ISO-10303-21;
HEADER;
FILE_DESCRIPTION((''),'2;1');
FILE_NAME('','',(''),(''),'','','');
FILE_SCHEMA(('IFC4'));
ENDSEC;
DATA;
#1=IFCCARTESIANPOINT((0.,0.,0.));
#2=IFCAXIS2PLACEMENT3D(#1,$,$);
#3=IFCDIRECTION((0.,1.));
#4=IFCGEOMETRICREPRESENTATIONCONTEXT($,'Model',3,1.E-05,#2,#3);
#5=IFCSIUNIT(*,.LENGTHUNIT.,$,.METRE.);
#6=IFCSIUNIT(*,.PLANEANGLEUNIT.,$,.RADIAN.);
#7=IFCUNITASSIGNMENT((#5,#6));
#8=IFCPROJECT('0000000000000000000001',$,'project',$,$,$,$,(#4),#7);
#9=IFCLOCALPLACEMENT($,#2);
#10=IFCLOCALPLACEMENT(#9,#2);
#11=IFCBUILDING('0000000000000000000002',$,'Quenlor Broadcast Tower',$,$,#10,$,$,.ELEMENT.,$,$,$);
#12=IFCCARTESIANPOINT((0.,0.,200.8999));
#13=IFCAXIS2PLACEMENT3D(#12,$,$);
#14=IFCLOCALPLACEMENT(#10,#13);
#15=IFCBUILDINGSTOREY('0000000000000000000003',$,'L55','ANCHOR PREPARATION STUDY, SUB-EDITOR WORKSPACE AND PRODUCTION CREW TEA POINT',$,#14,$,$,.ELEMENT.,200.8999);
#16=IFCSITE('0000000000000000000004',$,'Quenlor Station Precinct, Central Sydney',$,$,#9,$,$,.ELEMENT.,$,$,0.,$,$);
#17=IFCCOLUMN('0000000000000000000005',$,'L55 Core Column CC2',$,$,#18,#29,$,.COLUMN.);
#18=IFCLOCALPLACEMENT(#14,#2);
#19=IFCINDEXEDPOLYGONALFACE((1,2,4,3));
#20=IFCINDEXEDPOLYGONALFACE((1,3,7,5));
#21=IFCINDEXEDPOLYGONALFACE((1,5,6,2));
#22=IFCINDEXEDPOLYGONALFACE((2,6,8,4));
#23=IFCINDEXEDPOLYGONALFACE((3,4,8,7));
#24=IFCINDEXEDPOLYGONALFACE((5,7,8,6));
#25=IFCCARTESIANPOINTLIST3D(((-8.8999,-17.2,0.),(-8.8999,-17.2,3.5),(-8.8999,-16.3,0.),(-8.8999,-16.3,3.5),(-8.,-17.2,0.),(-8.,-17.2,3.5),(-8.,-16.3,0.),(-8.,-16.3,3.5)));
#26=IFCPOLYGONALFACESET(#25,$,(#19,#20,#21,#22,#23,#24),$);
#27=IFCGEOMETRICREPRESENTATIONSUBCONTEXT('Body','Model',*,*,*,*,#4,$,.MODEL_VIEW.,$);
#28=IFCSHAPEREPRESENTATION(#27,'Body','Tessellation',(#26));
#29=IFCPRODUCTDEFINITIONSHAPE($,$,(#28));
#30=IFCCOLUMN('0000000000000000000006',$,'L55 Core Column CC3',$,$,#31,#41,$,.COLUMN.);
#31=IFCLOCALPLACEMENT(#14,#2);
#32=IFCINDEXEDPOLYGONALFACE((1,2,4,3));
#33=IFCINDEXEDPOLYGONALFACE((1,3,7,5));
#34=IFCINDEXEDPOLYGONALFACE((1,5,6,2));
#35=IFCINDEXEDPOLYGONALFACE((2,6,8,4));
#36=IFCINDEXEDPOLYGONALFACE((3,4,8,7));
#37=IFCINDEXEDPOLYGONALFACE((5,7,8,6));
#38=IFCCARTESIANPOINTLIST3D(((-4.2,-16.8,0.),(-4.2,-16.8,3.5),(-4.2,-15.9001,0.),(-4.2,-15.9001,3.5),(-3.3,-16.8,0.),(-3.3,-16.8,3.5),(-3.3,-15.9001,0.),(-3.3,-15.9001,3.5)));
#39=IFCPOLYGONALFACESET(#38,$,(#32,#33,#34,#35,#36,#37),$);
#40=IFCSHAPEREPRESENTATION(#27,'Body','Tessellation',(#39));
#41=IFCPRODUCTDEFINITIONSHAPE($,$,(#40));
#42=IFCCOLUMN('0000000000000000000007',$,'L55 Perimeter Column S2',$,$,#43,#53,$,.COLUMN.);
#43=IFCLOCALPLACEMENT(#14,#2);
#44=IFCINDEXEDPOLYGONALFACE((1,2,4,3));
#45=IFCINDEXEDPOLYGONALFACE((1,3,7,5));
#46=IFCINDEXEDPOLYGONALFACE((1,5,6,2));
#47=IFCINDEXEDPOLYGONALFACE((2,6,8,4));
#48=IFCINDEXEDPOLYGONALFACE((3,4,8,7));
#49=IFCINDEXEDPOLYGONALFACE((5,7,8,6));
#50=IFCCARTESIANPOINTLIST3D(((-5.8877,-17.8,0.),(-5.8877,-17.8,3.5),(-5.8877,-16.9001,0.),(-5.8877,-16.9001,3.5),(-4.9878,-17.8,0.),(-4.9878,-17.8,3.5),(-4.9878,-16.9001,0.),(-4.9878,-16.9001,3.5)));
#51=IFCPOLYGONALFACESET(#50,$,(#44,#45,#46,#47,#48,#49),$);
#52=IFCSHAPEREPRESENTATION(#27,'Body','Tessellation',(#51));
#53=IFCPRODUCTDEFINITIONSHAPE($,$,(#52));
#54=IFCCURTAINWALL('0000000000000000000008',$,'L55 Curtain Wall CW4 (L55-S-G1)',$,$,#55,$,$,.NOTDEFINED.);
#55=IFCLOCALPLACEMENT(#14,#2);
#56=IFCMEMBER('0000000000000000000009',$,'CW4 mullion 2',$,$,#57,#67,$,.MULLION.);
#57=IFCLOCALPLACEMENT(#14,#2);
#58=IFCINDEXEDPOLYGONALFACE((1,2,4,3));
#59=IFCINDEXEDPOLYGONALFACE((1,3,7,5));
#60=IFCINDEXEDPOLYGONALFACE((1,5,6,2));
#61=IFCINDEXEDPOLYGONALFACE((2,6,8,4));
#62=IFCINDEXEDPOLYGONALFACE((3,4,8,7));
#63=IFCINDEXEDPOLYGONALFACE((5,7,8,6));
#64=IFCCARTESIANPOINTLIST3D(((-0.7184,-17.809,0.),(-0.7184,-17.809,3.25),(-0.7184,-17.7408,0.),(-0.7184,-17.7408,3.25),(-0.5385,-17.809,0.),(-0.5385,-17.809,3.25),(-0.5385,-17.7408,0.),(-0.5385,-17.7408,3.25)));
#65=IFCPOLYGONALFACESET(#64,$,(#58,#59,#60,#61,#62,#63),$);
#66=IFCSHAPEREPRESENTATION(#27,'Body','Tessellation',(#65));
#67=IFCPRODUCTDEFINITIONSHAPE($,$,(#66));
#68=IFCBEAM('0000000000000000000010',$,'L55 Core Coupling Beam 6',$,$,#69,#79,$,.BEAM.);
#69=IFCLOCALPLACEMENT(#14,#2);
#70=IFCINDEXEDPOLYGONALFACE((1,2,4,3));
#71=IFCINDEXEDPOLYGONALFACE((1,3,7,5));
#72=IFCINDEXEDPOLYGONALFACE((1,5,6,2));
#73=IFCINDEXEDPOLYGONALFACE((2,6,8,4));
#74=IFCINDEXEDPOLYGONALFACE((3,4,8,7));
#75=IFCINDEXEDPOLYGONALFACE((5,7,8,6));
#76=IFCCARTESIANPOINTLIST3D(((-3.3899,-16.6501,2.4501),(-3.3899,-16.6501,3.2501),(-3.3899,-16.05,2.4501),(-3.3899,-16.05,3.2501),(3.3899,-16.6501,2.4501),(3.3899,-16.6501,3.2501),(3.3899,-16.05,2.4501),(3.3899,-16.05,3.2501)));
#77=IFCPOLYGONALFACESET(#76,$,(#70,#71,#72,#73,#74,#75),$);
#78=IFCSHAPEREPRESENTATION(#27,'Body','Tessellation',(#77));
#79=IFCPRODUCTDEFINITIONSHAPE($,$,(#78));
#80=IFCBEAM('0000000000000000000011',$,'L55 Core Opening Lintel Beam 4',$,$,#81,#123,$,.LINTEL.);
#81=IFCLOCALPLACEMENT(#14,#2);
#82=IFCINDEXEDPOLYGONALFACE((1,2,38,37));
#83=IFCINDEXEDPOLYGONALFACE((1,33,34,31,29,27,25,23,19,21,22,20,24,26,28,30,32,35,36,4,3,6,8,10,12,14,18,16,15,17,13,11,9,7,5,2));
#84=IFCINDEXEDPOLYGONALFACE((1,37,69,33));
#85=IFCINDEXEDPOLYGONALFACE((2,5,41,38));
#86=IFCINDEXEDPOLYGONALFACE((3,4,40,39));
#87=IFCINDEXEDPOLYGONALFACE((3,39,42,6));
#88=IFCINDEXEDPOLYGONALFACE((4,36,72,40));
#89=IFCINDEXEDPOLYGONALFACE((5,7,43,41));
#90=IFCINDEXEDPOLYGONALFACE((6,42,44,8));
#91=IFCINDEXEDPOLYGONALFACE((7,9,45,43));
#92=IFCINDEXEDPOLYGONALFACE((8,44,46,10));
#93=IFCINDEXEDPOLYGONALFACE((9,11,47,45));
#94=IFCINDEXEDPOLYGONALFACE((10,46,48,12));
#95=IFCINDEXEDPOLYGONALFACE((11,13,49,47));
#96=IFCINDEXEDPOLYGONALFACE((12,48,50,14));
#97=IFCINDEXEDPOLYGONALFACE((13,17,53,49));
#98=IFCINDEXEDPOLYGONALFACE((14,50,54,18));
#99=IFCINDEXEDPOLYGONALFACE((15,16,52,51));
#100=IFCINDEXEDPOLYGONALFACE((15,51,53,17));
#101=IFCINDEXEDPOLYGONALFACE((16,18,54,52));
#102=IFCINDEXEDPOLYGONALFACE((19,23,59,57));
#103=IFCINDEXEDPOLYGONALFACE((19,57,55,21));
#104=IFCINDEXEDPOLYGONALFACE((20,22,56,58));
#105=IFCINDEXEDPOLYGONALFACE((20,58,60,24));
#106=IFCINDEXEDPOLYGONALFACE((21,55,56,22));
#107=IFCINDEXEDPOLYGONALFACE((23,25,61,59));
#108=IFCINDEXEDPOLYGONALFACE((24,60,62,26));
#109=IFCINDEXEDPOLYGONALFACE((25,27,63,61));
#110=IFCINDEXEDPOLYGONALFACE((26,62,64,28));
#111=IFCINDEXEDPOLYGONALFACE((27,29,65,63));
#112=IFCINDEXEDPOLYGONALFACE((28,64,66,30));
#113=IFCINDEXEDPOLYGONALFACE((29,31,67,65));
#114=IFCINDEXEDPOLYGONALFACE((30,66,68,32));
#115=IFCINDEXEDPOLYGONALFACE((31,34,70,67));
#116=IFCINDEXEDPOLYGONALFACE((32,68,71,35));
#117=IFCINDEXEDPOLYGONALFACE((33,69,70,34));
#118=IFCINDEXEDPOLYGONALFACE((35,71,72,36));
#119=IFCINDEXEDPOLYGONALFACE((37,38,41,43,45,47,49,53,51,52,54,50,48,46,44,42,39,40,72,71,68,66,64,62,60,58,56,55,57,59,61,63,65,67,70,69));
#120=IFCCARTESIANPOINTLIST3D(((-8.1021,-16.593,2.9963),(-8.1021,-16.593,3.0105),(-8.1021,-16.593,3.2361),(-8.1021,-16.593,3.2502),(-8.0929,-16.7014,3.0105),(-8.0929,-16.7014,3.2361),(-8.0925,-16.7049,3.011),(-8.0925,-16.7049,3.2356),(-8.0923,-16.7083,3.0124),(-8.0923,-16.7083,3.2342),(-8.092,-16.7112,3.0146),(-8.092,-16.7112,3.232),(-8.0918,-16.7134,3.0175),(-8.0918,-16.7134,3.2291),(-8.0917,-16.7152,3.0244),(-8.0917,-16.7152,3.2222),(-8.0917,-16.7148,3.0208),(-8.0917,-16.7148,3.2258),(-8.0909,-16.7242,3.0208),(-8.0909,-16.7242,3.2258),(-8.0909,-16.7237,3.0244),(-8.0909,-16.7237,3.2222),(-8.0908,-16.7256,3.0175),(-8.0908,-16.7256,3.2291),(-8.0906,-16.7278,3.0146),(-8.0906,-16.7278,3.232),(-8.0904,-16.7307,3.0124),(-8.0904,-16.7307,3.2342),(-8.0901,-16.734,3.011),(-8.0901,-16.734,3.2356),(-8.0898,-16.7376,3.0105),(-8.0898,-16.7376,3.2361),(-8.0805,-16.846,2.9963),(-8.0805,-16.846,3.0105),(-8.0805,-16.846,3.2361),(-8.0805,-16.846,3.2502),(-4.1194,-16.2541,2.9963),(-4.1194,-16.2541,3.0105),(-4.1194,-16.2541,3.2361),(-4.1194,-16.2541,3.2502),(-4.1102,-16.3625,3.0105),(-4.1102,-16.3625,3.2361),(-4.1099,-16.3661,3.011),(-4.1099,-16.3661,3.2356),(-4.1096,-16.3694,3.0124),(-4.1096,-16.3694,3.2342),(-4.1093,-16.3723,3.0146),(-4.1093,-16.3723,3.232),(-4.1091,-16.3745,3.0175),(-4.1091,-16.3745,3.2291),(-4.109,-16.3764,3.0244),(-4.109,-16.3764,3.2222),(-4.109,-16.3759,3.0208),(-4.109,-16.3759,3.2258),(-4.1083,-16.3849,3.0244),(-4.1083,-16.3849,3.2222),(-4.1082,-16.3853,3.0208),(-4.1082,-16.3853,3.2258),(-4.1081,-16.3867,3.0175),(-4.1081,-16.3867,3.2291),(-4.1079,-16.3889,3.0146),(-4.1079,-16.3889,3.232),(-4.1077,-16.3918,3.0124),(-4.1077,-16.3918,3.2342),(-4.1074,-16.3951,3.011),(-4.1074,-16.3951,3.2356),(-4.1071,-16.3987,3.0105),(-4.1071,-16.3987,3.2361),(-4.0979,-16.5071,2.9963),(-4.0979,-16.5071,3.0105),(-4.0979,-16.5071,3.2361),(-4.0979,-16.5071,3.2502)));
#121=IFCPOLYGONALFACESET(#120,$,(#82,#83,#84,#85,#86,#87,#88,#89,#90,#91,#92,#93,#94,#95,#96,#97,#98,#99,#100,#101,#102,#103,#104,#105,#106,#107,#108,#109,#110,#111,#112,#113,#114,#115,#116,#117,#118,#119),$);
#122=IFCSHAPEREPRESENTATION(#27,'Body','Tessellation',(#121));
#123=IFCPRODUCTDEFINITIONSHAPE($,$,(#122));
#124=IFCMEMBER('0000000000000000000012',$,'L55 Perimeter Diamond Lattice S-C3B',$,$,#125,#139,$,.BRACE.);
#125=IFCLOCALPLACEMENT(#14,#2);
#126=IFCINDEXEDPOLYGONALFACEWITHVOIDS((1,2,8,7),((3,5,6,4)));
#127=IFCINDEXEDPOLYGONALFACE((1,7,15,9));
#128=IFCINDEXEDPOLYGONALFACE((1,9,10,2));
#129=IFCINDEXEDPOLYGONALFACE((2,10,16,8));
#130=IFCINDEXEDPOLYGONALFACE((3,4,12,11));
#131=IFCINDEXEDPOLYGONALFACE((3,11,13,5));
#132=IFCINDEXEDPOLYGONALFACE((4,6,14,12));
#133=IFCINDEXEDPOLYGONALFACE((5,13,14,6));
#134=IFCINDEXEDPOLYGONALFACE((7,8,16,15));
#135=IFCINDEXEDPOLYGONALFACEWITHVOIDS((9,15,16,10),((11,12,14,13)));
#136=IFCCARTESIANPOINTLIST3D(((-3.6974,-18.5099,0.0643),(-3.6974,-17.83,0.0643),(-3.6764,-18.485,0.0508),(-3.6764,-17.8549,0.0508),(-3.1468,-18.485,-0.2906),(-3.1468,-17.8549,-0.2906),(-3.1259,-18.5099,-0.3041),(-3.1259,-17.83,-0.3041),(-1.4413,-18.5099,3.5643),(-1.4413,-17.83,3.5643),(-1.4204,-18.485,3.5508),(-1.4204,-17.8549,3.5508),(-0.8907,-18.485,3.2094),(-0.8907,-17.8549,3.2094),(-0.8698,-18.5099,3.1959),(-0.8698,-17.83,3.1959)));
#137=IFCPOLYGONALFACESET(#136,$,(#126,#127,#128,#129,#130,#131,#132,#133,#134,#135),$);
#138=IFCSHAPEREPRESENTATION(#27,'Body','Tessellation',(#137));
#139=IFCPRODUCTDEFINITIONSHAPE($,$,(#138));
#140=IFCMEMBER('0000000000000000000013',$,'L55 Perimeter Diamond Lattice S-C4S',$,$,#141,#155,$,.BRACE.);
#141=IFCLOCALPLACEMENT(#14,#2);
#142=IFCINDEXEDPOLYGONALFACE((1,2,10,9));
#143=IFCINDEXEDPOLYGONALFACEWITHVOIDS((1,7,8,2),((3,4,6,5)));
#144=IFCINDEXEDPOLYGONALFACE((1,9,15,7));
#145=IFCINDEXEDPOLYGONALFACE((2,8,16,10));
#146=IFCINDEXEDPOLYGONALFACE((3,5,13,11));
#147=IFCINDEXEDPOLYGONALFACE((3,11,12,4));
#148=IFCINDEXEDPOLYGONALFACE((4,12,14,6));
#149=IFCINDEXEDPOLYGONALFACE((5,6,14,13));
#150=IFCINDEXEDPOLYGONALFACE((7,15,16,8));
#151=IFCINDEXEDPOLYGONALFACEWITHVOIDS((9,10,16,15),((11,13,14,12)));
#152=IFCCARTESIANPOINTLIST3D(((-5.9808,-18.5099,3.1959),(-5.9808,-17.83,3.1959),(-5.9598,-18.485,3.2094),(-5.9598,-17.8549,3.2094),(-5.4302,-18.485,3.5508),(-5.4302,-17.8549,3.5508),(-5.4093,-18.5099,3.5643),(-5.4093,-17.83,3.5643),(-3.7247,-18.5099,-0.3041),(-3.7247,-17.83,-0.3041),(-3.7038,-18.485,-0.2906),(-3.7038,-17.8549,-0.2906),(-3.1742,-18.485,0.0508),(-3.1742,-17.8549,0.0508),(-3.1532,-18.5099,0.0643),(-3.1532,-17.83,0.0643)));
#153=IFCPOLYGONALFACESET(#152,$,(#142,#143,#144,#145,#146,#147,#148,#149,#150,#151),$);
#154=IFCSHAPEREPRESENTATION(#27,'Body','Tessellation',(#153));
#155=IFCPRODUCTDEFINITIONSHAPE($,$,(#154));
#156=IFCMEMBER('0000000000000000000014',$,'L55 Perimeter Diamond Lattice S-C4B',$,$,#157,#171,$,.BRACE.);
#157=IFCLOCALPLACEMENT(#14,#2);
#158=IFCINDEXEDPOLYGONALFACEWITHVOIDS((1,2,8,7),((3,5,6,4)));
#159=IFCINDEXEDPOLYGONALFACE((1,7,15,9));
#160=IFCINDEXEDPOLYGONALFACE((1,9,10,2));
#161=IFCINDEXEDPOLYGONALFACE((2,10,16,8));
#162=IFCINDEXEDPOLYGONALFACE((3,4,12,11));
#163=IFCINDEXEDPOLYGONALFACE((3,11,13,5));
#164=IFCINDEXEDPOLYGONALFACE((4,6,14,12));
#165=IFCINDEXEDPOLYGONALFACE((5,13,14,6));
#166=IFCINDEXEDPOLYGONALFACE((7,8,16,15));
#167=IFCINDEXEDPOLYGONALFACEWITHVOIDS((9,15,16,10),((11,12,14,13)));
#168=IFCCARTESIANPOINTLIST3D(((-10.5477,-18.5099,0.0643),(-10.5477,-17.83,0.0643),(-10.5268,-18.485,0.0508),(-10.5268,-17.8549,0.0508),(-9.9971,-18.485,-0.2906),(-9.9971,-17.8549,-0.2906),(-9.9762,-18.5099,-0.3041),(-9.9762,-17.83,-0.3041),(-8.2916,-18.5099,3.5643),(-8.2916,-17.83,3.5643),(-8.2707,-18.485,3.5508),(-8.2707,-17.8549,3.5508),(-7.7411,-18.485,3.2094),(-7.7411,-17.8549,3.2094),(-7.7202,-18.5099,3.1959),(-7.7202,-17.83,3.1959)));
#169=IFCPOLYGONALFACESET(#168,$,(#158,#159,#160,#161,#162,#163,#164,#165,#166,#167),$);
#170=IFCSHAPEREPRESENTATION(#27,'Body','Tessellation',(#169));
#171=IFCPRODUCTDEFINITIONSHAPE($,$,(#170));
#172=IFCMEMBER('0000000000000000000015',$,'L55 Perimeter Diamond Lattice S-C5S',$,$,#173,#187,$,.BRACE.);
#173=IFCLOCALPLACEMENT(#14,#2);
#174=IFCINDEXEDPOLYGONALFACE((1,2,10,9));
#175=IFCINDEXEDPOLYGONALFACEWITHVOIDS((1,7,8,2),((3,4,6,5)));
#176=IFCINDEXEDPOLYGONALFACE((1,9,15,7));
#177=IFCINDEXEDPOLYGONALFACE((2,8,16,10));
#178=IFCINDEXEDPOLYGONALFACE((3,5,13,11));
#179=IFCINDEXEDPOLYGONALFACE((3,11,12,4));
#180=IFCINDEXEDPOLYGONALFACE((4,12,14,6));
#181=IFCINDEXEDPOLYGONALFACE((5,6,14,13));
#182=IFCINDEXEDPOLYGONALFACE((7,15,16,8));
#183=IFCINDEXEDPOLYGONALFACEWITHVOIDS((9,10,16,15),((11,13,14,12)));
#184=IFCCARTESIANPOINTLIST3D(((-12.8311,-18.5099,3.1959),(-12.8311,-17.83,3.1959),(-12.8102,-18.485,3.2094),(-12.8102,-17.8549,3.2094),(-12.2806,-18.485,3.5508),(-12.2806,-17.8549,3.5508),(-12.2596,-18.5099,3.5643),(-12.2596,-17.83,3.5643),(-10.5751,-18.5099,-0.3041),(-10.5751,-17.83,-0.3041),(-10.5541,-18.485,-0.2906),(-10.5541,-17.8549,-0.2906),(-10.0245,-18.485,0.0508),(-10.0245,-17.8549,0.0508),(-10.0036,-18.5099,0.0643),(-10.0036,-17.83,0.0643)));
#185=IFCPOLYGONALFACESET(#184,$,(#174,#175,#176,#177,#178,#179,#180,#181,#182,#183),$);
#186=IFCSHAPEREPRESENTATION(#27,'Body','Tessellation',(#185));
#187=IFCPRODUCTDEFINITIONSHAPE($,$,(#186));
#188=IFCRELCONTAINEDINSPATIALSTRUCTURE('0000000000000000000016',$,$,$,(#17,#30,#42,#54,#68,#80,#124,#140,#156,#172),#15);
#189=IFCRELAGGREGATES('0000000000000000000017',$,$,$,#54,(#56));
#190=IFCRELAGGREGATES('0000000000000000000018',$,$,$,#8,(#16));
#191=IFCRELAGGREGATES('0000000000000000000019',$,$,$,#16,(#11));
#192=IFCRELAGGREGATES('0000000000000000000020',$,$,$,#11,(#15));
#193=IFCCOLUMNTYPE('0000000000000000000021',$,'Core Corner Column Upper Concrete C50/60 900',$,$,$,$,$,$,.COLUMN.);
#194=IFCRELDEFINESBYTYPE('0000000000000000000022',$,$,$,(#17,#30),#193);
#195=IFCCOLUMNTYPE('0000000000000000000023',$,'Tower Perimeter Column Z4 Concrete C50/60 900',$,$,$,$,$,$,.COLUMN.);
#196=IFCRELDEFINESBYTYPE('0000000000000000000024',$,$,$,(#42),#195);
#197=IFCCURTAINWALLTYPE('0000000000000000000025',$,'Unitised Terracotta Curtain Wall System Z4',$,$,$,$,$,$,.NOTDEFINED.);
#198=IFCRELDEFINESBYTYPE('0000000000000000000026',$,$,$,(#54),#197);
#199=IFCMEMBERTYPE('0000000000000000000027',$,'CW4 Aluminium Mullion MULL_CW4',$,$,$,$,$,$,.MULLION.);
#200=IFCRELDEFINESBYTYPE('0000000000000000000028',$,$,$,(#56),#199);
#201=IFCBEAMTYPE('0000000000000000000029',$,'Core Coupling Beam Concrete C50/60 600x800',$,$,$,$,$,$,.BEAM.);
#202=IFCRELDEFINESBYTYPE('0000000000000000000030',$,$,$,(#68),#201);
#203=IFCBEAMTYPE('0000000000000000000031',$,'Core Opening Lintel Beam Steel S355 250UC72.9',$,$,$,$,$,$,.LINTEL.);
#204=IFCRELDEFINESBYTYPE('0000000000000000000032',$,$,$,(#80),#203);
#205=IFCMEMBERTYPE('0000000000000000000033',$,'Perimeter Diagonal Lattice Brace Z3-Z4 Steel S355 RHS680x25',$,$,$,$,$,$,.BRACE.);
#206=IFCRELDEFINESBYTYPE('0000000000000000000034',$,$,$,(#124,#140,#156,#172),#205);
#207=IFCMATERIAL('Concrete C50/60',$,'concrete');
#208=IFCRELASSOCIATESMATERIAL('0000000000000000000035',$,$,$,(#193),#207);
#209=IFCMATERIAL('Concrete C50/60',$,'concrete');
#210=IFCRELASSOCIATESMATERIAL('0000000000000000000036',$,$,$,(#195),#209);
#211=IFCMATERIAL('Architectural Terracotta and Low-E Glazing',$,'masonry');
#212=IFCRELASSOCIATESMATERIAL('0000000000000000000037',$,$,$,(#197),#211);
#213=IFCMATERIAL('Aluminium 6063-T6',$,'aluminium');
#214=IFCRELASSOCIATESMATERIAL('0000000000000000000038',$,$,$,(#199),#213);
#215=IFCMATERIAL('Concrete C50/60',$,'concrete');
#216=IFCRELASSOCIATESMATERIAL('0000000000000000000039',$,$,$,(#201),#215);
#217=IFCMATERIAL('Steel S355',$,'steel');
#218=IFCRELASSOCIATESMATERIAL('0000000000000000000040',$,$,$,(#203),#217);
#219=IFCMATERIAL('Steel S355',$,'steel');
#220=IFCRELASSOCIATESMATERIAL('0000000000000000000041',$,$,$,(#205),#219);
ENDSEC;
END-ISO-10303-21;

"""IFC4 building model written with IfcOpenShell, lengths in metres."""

from ifc_helpers import new_model, si_unit, direction, frame, origin, origin_2d, place, context, subcontext, project, spatial, rectangle, hollow_rectangle, i_section, extrude, material, material_profile, profile_set, type_object, element, aggregate, save


model = new_model("IFC4")

# Units and contexts
model_context = context("Model", 3, precision=1e-05, world=origin(), true_north=direction((0.0, 1.0)))
body_context = subcontext(model_context, "Body", "Model", "MODEL_VIEW")
ifc_project = project(units=[si_unit("LENGTHUNIT", "METRE"), si_unit("PLANEANGLEUNIT", "RADIAN")], contexts=[model_context])

# Site, building, storey
site_placement = place(None, origin())
site = spatial("IfcSite", under=ifc_project, at=site_placement, Name="Quenlor Station Precinct, Central Sydney", CompositionType="ELEMENT", RefElevation=0.0)
building_placement = place(site_placement, origin())
building = spatial("IfcBuilding", under=site, at=building_placement, Name="Quenlor Broadcast Tower", CompositionType="ELEMENT")
storey_placement = place(building_placement, frame((0.0, 0.0, 200.8999)))
storey = spatial("IfcBuildingStorey", under=building, at=storey_placement, Name="L55", Description="ANCHOR PREPARATION STUDY, SUB-EDITOR WORKSPACE AND PRODUCTION CREW TEA POINT", CompositionType="ELEMENT", Elevation=200.8999)

# Columns
ifc_material_1 = material(Name="Concrete C50/60", Category="concrete")
ifc_material_profile_1 = material_profile(ifc_material_1, rectangle(XDim=0.8999, YDim=0.8999, at=origin_2d()))
ifc_profile_set_1 = profile_set([ifc_material_profile_1], Name="Concrete C50/60 RC900x900")
column_type_1 = type_object("IfcColumnType", Name="Core Corner Column Upper Concrete C50/60 900", PredefinedType="COLUMN", material=ifc_profile_set_1)
for number, where, z_axis, x_axis, name in (
    (1, (-8.45, -16.75, 0.0), (0.0, 0.0, 1.0), (1.0, 0.0, 0.0), "L55 Core Column CC2"),
    (2, (-3.75, -16.3501, 0.0), (0.0, 0.0, 1.0), (1.0, 0.0, 0.0), "L55 Core Column CC3"),
):
    element("IfcColumn", number, at=place(storey_placement, frame(where, z_axis=z_axis, x_axis=x_axis)), inside=storey, type_object=column_type_1, Name=name, PredefinedType="COLUMN", context=body_context, shape_type="SweptSolid", body=[
        extrude(rectangle(XDim=0.8999, YDim=0.8999, at=origin_2d()), origin(), (0.0, 0.0, 1.0), 3.5),
    ])
ifc_material_2 = material(Name="Concrete C50/60", Category="concrete")
ifc_material_profile_2 = material_profile(ifc_material_2, rectangle(XDim=0.8999, YDim=0.8999, at=origin_2d()))
ifc_profile_set_2 = profile_set([ifc_material_profile_2], Name="Concrete C50/60 RC900x900")
column_type_2 = type_object("IfcColumnType", Name="Tower Perimeter Column Z4 Concrete C50/60 900", PredefinedType="COLUMN", material=ifc_profile_set_2)
column_placement = place(storey_placement, frame((-5.4377, -17.3501, 0.0), z_axis=(0.0, 0.0, 1.0), x_axis=(0.0, 1.0, 0.0)))
element("IfcColumn", 3, at=column_placement, inside=storey, type_object=column_type_2, Name="L55 Perimeter Column S2", PredefinedType="COLUMN", context=body_context, shape_type="SweptSolid", body=[
    extrude(rectangle(XDim=0.8999, YDim=0.8999, at=origin_2d()), origin(), (0.0, 0.0, 1.0), 3.5),
])

# Curtain wall, member
ifc_material_3 = material(Name="Architectural Terracotta and Low-E Glazing", Category="masonry")
curtain_wall_type = type_object("IfcCurtainWallType", Name="Unitised Terracotta Curtain Wall System Z4", PredefinedType="NOTDEFINED", material=ifc_material_3)
curtain_wall_placement = place(storey_placement, origin())
curtain_wall = element("IfcCurtainWall", 4, at=curtain_wall_placement, inside=storey, type_object=curtain_wall_type, Name="L55 Curtain Wall CW4 (L55-S-G1)", PredefinedType="NOTDEFINED")
ifc_material_4 = material(Name="Aluminium 6063-T6", Category="aluminium")
ifc_material_profile_3 = material_profile(ifc_material_4, rectangle(XDim=0.0681, YDim=0.1799, at=origin_2d()))
ifc_profile_set_3 = profile_set([ifc_material_profile_3], Name="Aluminium 6063-T6 MULL68x180")
member_type_1 = type_object("IfcMemberType", Name="CW4 Aluminium Mullion MULL_CW4", PredefinedType="MULLION", material=ifc_profile_set_3)
member_placement = place(storey_placement, frame((-0.6284, -17.7749, 0.0), z_axis=(0.0, 0.0, 1.0), x_axis=(0.0, -1.0, 0.0)))
member = element("IfcMember", 5, at=member_placement, type_object=member_type_1, Name="CW4 mullion 2", PredefinedType="MULLION", context=body_context, shape_type="SweptSolid", body=[
    extrude(rectangle(XDim=0.0681, YDim=0.1799, at=origin_2d()), origin(), (0.0, 0.0, 1.0), 3.25),
])

# Beams
ifc_material_5 = material(Name="Concrete C50/60", Category="concrete")
ifc_material_profile_4 = material_profile(ifc_material_5, rectangle(XDim=0.6001, YDim=0.8, at=origin_2d()))
ifc_profile_set_4 = profile_set([ifc_material_profile_4], Name="Concrete C50/60 RCB600x800")
beam_type_1 = type_object("IfcBeamType", Name="Core Coupling Beam Concrete C50/60 600x800", PredefinedType="BEAM", material=ifc_profile_set_4)
beam_1_placement = place(storey_placement, frame((-3.3899, -16.3501, 2.8501), z_axis=(1.0, 0.0, 0.0), x_axis=(0.0, 1.0, 0.0)))
element("IfcBeam", 6, at=beam_1_placement, inside=storey, type_object=beam_type_1, Name="L55 Core Coupling Beam 6", PredefinedType="BEAM", context=body_context, shape_type="SweptSolid", body=[
    extrude(rectangle(XDim=0.6001, YDim=0.8, at=origin_2d()), origin(), (0.0, 0.0, 1.0), 6.7798),
])
ifc_material_6 = material(Name="Steel S355", Category="steel")
ifc_material_profile_5 = material_profile(ifc_material_6, i_section(OverallWidth=0.2539, OverallDepth=0.2539, WebThickness=0.0085, FlangeThickness=0.0142, FilletRadius=0.0139, at=origin_2d()))
ifc_profile_set_5 = profile_set([ifc_material_profile_5], Name="Steel S355 250UC72.9")
beam_type_2 = type_object("IfcBeamType", Name="Core Opening Lintel Beam Steel S355 250UC72.9", PredefinedType="LINTEL", material=ifc_profile_set_5)
beam_2_placement = place(storey_placement, frame((-8.0913, -16.7195, 3.1233), z_axis=(0.9964, 0.084779, 0.0), x_axis=(-0.084779, 0.9964, 0.0)))
element("IfcBeam", 7, at=beam_2_placement, inside=storey, type_object=beam_type_2, Name="L55 Core Opening Lintel Beam 4", PredefinedType="LINTEL", context=body_context, shape_type="SweptSolid", body=[
    extrude(i_section(OverallWidth=0.2539, OverallDepth=0.2539, WebThickness=0.0085, FlangeThickness=0.0142, FilletRadius=0.0139, at=origin_2d()), origin(), (0.0, 0.0, 1.0), 3.9971),
])

# Members
ifc_material_7 = material(Name="Steel S355", Category="steel")
ifc_material_profile_6 = material_profile(ifc_material_7, hollow_rectangle(XDim=0.6799, YDim=0.6799, WallThickness=0.0249, at=origin_2d()))
ifc_profile_set_6 = profile_set([ifc_material_profile_6], Name="Steel S355 RHS680x680x25")
member_type_2 = type_object("IfcMemberType", Name="Perimeter Diagonal Lattice Brace Z3-Z4 Steel S355 RHS680x25", PredefinedType="BRACE", material=ifc_profile_set_6)
for number, where, z_axis, x_axis, name in (
    (8, (-3.4116, -18.1699, -0.1199), (0.541794, 0.0, 0.840511), (0.0, 1.0, 0.0), "L55 Perimeter Diamond Lattice S-C3B"),
    (9, (-3.439, -18.1699, -0.1199), (-0.541794, 0.0, 0.840511), (0.0, -1.0, 0.0), "L55 Perimeter Diamond Lattice S-C4S"),
    (10, (-10.262, -18.1699, -0.1199), (0.541794, 0.0, 0.840511), (0.0, 1.0, 0.0), "L55 Perimeter Diamond Lattice S-C4B"),
    (11, (-10.2893, -18.1699, -0.1199), (-0.541794, 0.0, 0.840511), (0.0, -1.0, 0.0), "L55 Perimeter Diamond Lattice S-C5S"),
):
    element("IfcMember", number, at=place(storey_placement, frame(where, z_axis=z_axis, x_axis=x_axis)), inside=storey, type_object=member_type_2, Name=name, PredefinedType="BRACE", context=body_context, shape_type="SweptSolid", body=[
        extrude(hollow_rectangle(XDim=0.6799, YDim=0.6799, WallThickness=0.0249, at=origin_2d()), origin(), (0.0, 0.0, 1.0), 4.1641),
    ])

aggregate(curtain_wall, [member])

save(model, "model.ifc")
